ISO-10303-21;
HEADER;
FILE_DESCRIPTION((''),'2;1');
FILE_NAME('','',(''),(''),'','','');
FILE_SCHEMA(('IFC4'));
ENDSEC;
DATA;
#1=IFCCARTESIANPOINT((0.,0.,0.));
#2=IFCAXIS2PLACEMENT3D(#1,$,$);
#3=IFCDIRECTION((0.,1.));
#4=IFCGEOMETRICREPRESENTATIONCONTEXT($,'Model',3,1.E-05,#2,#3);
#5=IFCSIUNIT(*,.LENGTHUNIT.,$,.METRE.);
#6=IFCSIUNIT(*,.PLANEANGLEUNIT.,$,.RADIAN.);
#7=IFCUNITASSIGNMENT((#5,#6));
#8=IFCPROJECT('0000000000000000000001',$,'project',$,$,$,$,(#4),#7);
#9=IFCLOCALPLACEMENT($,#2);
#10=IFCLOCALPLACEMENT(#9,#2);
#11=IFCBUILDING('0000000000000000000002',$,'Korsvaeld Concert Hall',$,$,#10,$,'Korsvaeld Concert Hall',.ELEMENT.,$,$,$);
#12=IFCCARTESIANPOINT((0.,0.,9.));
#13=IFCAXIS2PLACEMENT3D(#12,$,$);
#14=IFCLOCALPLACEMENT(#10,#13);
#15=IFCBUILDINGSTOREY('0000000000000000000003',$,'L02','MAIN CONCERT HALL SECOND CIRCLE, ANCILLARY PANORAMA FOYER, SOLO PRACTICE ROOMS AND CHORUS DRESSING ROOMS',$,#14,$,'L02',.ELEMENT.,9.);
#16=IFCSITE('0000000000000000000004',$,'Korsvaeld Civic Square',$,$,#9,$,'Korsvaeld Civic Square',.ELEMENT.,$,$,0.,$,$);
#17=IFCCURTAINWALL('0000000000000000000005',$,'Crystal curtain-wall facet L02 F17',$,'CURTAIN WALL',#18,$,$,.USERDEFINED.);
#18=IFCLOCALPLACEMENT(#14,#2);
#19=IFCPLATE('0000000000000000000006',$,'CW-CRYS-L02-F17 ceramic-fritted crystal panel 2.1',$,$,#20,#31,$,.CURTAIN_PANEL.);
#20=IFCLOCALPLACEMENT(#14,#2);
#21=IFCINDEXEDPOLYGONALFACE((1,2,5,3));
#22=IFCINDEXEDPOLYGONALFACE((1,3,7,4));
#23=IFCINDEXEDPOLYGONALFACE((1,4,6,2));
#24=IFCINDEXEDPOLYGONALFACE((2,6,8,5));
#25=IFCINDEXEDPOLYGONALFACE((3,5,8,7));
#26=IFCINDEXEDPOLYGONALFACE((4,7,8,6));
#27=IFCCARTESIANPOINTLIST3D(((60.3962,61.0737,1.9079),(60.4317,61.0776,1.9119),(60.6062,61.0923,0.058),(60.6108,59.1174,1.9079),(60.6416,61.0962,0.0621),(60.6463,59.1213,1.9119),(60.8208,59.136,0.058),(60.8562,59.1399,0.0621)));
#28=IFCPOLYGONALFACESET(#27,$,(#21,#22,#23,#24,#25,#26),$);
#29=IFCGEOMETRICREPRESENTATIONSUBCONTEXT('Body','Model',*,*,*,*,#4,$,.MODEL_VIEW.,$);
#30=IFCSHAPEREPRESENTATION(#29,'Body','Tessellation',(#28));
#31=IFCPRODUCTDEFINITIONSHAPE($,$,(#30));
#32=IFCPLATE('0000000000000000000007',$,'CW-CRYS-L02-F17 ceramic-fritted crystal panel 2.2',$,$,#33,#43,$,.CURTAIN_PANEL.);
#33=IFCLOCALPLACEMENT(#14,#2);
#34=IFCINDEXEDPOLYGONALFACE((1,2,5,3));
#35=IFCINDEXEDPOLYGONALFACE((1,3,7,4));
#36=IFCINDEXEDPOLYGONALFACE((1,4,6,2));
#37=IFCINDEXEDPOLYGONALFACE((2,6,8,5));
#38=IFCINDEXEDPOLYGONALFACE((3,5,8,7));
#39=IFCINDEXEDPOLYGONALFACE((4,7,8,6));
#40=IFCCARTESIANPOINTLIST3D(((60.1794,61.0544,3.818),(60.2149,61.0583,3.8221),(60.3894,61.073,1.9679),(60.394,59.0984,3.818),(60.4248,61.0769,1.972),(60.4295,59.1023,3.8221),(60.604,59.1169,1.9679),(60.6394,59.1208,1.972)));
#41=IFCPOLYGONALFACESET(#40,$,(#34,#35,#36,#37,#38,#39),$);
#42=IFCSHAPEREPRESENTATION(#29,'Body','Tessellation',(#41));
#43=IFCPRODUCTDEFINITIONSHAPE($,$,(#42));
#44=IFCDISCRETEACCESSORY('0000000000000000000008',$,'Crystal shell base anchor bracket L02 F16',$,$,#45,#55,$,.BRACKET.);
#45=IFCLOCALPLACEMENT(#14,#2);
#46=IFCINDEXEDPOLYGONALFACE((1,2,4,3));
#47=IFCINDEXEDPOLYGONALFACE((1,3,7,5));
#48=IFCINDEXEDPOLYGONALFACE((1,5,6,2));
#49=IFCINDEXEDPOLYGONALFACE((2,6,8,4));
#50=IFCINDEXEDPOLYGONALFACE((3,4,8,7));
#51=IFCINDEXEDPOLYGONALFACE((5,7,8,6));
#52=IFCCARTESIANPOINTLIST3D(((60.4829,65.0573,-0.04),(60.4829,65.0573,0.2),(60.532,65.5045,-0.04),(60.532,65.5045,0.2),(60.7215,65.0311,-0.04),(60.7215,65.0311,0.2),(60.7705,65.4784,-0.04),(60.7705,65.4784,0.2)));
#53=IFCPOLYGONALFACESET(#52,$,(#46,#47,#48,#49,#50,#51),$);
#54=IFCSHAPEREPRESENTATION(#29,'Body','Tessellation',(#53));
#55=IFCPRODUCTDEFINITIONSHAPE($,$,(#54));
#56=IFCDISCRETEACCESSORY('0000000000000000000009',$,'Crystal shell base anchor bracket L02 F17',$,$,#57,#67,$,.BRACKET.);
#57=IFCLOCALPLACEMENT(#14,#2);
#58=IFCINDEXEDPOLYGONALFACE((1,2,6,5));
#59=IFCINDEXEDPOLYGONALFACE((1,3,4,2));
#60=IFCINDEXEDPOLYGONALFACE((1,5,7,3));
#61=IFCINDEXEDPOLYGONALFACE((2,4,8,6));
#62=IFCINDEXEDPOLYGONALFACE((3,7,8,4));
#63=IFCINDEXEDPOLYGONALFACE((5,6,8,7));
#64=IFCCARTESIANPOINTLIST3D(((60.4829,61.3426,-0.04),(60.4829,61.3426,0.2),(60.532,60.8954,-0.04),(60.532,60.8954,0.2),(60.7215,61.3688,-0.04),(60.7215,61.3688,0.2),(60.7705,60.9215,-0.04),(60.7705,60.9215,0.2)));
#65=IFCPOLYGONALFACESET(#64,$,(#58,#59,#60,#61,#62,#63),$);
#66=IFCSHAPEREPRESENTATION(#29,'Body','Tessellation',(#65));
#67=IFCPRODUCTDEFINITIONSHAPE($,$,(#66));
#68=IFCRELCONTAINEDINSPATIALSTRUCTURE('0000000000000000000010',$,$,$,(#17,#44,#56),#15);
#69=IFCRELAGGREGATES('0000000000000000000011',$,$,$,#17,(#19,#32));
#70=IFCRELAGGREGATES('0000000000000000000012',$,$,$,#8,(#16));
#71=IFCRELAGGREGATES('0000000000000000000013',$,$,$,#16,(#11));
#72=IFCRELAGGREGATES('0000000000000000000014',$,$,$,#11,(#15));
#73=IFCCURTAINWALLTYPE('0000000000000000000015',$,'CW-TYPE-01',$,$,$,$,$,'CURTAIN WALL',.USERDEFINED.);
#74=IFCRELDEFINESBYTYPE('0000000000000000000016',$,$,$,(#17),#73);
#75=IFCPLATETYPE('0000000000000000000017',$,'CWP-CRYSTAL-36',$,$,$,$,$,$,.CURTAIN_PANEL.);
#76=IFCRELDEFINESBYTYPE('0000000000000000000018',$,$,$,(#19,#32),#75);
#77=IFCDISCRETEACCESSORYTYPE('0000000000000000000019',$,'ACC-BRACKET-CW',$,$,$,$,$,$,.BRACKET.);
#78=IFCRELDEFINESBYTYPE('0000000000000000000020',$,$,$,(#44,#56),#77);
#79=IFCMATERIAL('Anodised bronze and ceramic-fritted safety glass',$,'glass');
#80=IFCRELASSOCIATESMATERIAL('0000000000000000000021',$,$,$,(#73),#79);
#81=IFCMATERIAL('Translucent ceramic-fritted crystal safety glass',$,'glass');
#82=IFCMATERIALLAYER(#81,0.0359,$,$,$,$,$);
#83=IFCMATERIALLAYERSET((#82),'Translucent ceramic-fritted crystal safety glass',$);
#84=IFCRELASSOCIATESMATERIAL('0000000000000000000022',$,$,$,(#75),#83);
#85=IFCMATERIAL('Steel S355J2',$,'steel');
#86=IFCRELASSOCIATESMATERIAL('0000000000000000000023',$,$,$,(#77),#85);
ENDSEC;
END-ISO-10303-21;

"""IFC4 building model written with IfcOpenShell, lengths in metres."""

from ifc_helpers import new_model, si_unit, direction, frame, origin, origin_2d, place, context, subcontext, project, spatial, polyline, rectangle, outline, extrude, material, layer, layer_set, type_object, element, aggregate, save


model = new_model("IFC4")

# Units and contexts
model_context = context("Model", 3, precision=1e-05, world=origin(), true_north=direction((0.0, 1.0)))
body_context = subcontext(model_context, "Body", "Model", "MODEL_VIEW")
ifc_project = project(units=[si_unit("LENGTHUNIT", "METRE"), si_unit("PLANEANGLEUNIT", "RADIAN")], contexts=[model_context])

# Site, building, storey
site_placement = place(None, origin())
site = spatial("IfcSite", under=ifc_project, at=site_placement, Name="Korsvaeld Civic Square", LongName="Korsvaeld Civic Square", CompositionType="ELEMENT", RefElevation=0.0)
building_placement = place(site_placement, origin())
building = spatial("IfcBuilding", under=site, at=building_placement, Name="Korsvaeld Concert Hall", LongName="Korsvaeld Concert Hall", CompositionType="ELEMENT")
storey_placement = place(building_placement, frame((0.0, 0.0, 9.0)))
storey = spatial("IfcBuildingStorey", under=building, at=storey_placement, Name="L02", Description="MAIN CONCERT HALL SECOND CIRCLE, ANCILLARY PANORAMA FOYER, SOLO PRACTICE ROOMS AND CHORUS DRESSING ROOMS", LongName="L02", CompositionType="ELEMENT", Elevation=9.0)

# Curtain wall
ifc_material_1 = material(Name="Anodised bronze and ceramic-fritted safety glass", Category="glass")
curtain_wall_type_1 = type_object("IfcCurtainWallType", Name="CW-TYPE-01", ElementType="CURTAIN WALL", PredefinedType="USERDEFINED", material=ifc_material_1)
curtain_wall_1_placement = place(storey_placement, origin())
curtain_wall_1 = element("IfcCurtainWall", 1, at=curtain_wall_1_placement, inside=storey, type_object=curtain_wall_type_1, Name="Crystal curtain-wall facet L02 F17", ObjectType="CURTAIN WALL", PredefinedType="USERDEFINED")

# Plates
ifc_material_2 = material(Name="Translucent ceramic-fritted crystal safety glass", Category="glass")
ifc_layer = layer(ifc_material_2, 0.0359)
ifc_layer_set = layer_set([ifc_layer], Name="Translucent ceramic-fritted crystal safety glass")
plate_type = type_object("IfcPlateType", Name="CWP-CRYSTAL-36", PredefinedType="CURTAIN_PANEL", material=ifc_layer_set)
plate_1_placement = place(storey_placement, frame((60.624, 61.0942, 0.0601), z_axis=(-0.987649, -0.108342, -0.113186), x_axis=(0.109043, -0.994037, 0.0)))
plate_1 = element("IfcPlate", 2, at=plate_1_placement, type_object=plate_type, Name="CW-CRYS-L02-F17 ceramic-fritted crystal panel 2.1", PredefinedType="CURTAIN_PANEL", context=body_context, shape_type="SweptSolid", body=[
    extrude(outline(polyline([(0.0, 0.0), (1.968, 0.0), (1.9636, 1.8618), (-0.0045, 1.8618), (0.0, 0.0)])), frame((0.0, 0.0, 0.0181)), (0.0, 0.0, -1.0), 0.0359),
])
plate_2_placement = place(storey_placement, frame((60.4072, 61.075, 1.97), z_axis=(-0.987649, -0.108355, -0.113171), x_axis=(0.109056, -0.994036, 0.0)))
plate_2 = element("IfcPlate", 3, at=plate_2_placement, type_object=plate_type, Name="CW-CRYS-L02-F17 ceramic-fritted crystal panel 2.2", PredefinedType="CURTAIN_PANEL", context=body_context, shape_type="SweptSolid", body=[
    extrude(outline(polyline([(0.0, 0.0), (1.9678, 0.0), (1.9633, 1.8621), (-0.0045, 1.8621), (0.0, 0.0)])), frame((0.0, 0.0, 0.0181)), (0.0, 0.0, -1.0), 0.0359),
])
aggregate(curtain_wall_1, [plate_1, plate_2])

# Discrete accessories
ifc_material_3 = material(Name="Steel S355J2", Category="steel")
discrete_accessory_type = type_object("IfcDiscreteAccessoryType", Name="ACC-BRACKET-CW", PredefinedType="BRACKET", material=ifc_material_3)
for number, where, z_axis, x_axis, name in (
    (4, (60.6267, 65.2678, -0.04), (0.0, 0.0, 1.0), (-0.10904, -0.994037, 0.0), "Crystal shell base anchor bracket L02 F16"),
    (5, (60.6267, 61.1321, -0.04), (0.0, 0.0, 1.0), (0.10904, -0.994037, 0.0), "Crystal shell base anchor bracket L02 F17"),
):
    element("IfcDiscreteAccessory", number, at=place(storey_placement, frame(where, z_axis=z_axis, x_axis=x_axis)), inside=storey, type_object=discrete_accessory_type, Name=name, PredefinedType="BRACKET", context=body_context, shape_type="SweptSolid", body=[
        extrude(rectangle(XDim=0.45, YDim=0.24, at=origin_2d()), origin(), (0.0, 0.0, 1.0), 0.24),
    ])

save(model, "model.ifc")
